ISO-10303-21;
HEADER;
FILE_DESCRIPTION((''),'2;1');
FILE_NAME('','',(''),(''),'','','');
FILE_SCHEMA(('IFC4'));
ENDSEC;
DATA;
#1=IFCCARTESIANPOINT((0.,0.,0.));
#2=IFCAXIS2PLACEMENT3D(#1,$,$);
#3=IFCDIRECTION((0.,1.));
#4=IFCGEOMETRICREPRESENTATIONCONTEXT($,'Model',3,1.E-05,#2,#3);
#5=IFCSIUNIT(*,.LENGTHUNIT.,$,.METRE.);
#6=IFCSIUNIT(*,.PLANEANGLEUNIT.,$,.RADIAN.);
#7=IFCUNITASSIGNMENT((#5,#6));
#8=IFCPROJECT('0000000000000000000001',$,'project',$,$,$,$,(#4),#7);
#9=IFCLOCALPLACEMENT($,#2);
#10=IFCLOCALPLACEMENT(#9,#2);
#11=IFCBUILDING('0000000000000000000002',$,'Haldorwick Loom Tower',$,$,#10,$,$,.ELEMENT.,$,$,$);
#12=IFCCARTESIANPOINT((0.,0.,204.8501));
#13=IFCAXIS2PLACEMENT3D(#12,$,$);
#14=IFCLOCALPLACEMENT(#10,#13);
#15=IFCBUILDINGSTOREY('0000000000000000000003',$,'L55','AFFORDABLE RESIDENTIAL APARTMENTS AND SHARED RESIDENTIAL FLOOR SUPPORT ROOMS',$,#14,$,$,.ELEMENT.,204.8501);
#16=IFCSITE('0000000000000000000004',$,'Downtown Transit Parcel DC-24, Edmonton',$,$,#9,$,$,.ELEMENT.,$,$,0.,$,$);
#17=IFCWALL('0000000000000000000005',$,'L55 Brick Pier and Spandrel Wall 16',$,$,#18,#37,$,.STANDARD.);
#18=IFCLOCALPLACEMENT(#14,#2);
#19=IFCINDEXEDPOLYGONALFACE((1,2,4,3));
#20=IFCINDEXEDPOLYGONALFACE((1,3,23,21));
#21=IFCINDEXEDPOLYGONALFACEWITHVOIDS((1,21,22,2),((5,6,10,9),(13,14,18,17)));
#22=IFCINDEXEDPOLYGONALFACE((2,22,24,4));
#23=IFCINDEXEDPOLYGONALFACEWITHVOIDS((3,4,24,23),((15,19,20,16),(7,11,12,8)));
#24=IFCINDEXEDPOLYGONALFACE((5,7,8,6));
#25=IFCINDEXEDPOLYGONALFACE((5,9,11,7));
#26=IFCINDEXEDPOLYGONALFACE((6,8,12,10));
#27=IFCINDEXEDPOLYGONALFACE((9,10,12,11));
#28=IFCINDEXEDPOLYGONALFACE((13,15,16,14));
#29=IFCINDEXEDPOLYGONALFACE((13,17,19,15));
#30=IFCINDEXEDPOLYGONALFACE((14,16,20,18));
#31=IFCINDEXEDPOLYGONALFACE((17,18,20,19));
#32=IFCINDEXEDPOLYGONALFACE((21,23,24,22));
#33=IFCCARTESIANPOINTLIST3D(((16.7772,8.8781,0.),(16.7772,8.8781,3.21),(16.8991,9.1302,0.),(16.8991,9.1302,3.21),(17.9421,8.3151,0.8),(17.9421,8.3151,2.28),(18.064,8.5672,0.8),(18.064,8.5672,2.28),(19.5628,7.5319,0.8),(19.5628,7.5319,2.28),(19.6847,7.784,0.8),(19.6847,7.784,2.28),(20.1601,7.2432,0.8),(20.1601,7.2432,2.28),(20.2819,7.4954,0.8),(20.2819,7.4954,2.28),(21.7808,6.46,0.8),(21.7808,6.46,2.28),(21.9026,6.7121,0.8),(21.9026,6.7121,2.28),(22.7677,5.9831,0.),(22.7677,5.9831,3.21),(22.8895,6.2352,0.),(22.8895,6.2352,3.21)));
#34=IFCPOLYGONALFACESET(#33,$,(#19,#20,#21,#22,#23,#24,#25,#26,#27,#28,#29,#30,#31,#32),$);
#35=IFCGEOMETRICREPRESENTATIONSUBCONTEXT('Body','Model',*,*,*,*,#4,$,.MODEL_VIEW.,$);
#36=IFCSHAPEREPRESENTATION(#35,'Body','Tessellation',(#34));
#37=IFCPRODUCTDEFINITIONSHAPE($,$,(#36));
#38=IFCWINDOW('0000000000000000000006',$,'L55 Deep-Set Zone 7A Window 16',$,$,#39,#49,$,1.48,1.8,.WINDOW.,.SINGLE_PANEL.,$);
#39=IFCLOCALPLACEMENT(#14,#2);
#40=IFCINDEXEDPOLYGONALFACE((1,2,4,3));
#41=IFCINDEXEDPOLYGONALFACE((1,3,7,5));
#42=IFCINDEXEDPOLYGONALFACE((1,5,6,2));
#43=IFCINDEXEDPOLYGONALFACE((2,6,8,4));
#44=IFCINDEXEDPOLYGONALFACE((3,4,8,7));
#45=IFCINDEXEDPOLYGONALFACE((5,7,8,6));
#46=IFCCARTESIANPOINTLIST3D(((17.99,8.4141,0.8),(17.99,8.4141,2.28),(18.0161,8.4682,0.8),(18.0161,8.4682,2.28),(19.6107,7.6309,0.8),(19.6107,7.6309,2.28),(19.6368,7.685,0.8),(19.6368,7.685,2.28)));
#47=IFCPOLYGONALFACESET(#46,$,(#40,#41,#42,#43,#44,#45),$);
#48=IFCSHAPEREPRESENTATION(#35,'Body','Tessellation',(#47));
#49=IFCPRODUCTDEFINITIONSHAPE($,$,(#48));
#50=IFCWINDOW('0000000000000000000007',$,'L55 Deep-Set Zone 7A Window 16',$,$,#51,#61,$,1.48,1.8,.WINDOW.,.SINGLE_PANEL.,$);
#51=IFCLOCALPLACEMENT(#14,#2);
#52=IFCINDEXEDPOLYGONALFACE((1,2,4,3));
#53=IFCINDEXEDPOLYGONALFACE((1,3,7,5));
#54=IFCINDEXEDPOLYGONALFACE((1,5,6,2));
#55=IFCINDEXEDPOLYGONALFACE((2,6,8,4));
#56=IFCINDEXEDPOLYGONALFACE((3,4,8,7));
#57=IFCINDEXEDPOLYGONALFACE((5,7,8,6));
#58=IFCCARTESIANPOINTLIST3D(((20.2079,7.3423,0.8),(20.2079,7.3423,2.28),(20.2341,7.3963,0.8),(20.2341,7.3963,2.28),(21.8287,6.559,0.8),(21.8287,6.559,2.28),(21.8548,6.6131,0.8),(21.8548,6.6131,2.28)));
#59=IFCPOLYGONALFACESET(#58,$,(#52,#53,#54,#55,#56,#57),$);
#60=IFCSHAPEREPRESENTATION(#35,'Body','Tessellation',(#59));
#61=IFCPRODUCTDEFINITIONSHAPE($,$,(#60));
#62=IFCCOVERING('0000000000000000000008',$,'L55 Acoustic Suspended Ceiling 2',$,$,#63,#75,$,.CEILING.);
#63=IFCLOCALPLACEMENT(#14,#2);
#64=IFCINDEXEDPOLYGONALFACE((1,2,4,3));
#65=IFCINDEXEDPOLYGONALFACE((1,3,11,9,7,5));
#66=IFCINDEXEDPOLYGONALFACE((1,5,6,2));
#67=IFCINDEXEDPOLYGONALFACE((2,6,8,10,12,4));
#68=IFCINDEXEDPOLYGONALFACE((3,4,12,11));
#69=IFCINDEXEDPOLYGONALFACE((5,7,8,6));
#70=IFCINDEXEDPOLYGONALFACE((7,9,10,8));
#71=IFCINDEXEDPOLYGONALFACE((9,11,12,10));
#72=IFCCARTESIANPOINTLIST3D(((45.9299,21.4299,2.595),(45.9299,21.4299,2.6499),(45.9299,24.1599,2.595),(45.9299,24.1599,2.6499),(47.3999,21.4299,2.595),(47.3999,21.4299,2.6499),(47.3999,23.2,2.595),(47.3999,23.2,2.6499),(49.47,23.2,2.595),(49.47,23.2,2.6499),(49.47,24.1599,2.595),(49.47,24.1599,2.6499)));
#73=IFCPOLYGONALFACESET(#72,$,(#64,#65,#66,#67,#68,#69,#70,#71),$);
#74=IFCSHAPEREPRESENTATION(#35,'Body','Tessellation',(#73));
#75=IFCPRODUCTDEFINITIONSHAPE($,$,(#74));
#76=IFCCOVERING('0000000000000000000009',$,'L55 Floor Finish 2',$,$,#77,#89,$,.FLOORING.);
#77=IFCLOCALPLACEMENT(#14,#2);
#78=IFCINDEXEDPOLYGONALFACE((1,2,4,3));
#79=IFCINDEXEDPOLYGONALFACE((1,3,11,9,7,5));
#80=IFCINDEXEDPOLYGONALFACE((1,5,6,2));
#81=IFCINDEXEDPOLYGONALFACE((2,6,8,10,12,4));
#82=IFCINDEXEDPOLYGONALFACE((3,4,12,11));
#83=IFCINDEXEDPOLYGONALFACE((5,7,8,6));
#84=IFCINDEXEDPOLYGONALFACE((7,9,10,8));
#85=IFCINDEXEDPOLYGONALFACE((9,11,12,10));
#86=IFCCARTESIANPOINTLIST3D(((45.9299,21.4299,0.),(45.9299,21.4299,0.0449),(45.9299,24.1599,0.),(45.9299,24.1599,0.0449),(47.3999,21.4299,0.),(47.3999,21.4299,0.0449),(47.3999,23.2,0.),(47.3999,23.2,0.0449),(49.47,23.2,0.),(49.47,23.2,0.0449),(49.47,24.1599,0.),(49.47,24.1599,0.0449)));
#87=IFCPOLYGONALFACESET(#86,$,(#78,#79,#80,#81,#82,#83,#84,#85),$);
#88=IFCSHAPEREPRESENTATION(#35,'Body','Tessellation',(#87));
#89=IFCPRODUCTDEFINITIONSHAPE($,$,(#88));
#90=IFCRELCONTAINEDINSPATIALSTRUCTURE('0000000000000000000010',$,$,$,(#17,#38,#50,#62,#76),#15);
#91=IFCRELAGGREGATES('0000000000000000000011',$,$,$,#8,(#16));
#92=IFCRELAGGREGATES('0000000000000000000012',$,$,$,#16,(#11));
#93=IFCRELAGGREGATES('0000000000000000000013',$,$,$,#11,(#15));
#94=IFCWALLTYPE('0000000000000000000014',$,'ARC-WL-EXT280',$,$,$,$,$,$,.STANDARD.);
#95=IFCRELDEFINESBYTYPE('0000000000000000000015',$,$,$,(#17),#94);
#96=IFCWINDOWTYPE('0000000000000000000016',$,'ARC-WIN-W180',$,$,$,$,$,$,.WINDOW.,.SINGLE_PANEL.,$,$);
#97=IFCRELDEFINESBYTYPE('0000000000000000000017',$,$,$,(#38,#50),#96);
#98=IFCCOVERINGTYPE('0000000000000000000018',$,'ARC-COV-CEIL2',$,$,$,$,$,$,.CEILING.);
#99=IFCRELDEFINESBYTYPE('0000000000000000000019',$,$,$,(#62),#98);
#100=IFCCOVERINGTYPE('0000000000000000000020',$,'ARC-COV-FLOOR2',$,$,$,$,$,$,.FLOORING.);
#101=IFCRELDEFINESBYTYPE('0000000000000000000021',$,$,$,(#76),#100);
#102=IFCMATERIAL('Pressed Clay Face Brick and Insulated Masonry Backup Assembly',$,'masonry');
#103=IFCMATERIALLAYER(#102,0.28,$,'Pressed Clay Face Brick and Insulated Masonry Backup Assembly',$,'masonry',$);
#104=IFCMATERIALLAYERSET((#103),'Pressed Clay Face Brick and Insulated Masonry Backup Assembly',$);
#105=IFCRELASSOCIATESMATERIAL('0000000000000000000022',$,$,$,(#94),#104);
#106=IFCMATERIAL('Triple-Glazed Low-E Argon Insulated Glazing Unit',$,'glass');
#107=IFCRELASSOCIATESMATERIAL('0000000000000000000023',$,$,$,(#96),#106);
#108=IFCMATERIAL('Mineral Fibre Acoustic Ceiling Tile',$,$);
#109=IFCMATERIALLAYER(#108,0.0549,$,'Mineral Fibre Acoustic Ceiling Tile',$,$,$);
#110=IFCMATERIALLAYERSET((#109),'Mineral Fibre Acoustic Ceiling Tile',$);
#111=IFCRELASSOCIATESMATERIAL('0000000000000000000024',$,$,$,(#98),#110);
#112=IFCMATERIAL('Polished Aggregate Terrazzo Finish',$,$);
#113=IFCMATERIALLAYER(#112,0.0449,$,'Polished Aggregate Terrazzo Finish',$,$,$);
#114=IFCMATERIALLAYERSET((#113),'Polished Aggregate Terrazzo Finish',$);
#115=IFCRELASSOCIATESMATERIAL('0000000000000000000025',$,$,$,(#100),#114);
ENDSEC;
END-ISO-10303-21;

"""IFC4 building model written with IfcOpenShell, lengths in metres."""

from ifc_helpers import new_model, si_unit, direction, frame, frame_2d, origin, place, context, subcontext, project, spatial, polyline, rectangle, outline, extrude, material, layer, layer_set, type_object, element, fill, save


model = new_model("IFC4")

# Units and contexts
model_context = context("Model", 3, precision=1e-05, world=origin(), true_north=direction((0.0, 1.0)))
body_context = subcontext(model_context, "Body", "Model", "MODEL_VIEW")
ifc_project = project(units=[si_unit("LENGTHUNIT", "METRE"), si_unit("PLANEANGLEUNIT", "RADIAN")], contexts=[model_context])

# Site, building, storey
site_placement = place(None, origin())
site = spatial("IfcSite", under=ifc_project, at=site_placement, Name="Downtown Transit Parcel DC-24, Edmonton", CompositionType="ELEMENT", RefElevation=0.0)
building_placement = place(site_placement, origin())
building = spatial("IfcBuilding", under=site, at=building_placement, Name="Haldorwick Loom Tower", CompositionType="ELEMENT")
storey_placement = place(building_placement, frame((0.0, 0.0, 204.8501)))
storey = spatial("IfcBuildingStorey", under=building, at=storey_placement, Name="L55", Description="AFFORDABLE RESIDENTIAL APARTMENTS AND SHARED RESIDENTIAL FLOOR SUPPORT ROOMS", CompositionType="ELEMENT", Elevation=204.8501)

# Shared definitions
ifc_material_1 = material(Name="Pressed Clay Face Brick and Insulated Masonry Backup Assembly", Category="masonry")
ifc_layer_1 = layer(ifc_material_1, 0.28, Name="Pressed Clay Face Brick and Insulated Masonry Backup Assembly", Category="masonry")
ifc_layer_set_1 = layer_set([ifc_layer_1], Name="Pressed Clay Face Brick and Insulated Masonry Backup Assembly")
wall_type = type_object("IfcWallType", Name="ARC-WL-EXT280", PredefinedType="STANDARD", material=ifc_layer_set_1)

# Wall, openings, windows
wall_1_placement = place(storey_placement, frame((16.8381, 9.0042, 0.0), z_axis=(0.0, 0.0, 1.0), x_axis=(0.900371, -0.435123, 0.0)))
wall_1 = element("IfcWall", 1, at=wall_1_placement, inside=storey, type_object=wall_type, Name="L55 Brick Pier and Spandrel Wall 16", PredefinedType="STANDARD", context=body_context, shape_type="SweptSolid", body=[
    extrude(rectangle(XDim=6.6533, YDim=0.28, at=frame_2d((3.3267, 0.0))), origin(), (0.0, 0.0, 1.0), 3.21),
])
opening_1_placement = place(wall_1_placement, frame((1.2939, 0.0, 0.8)))
opening_1 = element("IfcOpeningElement", 2, at=opening_1_placement, cuts=wall_1, PredefinedType="OPENING", context=body_context, shape_type="SweptSolid", body=[
    extrude(rectangle(XDim=1.8, YDim=1.48, at=frame_2d((0.8999, 0.74))), frame((0.0, 0.1499, 0.0), z_axis=(0.0, -1.0, 0.0), x_axis=(1.0, 0.0, 0.0)), (0.0, 0.0, 1.0), 0.3),
])
opening_2_placement = place(wall_1_placement, frame((3.7573, 0.0, 0.8)))
opening_2 = element("IfcOpeningElement", 3, at=opening_2_placement, cuts=wall_1, PredefinedType="OPENING", context=body_context, shape_type="SweptSolid", body=[
    extrude(rectangle(XDim=1.8, YDim=1.48, at=frame_2d((0.8999, 0.74))), frame((0.0, 0.1499, 0.0), z_axis=(0.0, -1.0, 0.0), x_axis=(1.0, 0.0, 0.0)), (0.0, 0.0, 1.0), 0.3),
])
ifc_material_2 = material(Name="Triple-Glazed Low-E Argon Insulated Glazing Unit", Category="glass")
window_type = type_object("IfcWindowType", Name="ARC-WIN-W180", PartitioningType="SINGLE_PANEL", PredefinedType="WINDOW", material=ifc_material_2)
window_1_placement = place(opening_1_placement, origin())
window_1 = element("IfcWindow", 4, at=window_1_placement, inside=storey, type_object=window_type, Name="L55 Deep-Set Zone 7A Window 16", OverallHeight=1.48, OverallWidth=1.8, PartitioningType="SINGLE_PANEL", PredefinedType="WINDOW", context=body_context, shape_type="SweptSolid", body=[
    extrude(rectangle(XDim=1.8, YDim=1.48, at=frame_2d((0.8999, 0.74))), frame((0.0, 0.03, 0.0), z_axis=(0.0, -1.0, 0.0), x_axis=(1.0, 0.0, 0.0)), (0.0, 0.0, 1.0), 0.0601),
])
fill(opening_1, window_1)
window_2_placement = place(opening_2_placement, origin())
window_2 = element("IfcWindow", 5, at=window_2_placement, inside=storey, type_object=window_type, Name="L55 Deep-Set Zone 7A Window 16", OverallHeight=1.48, OverallWidth=1.8, PartitioningType="SINGLE_PANEL", PredefinedType="WINDOW", context=body_context, shape_type="SweptSolid", body=[
    extrude(rectangle(XDim=1.8, YDim=1.48, at=frame_2d((0.8999, 0.74))), frame((0.0, 0.03, 0.0), z_axis=(0.0, -1.0, 0.0), x_axis=(1.0, 0.0, 0.0)), (0.0, 0.0, 1.0), 0.0601),
])
fill(opening_2, window_2)

# Coverings
ifc_material_3 = material(Name="Mineral Fibre Acoustic Ceiling Tile")
ifc_layer_2 = layer(ifc_material_3, 0.0549, Name="Mineral Fibre Acoustic Ceiling Tile")
ifc_layer_set_2 = layer_set([ifc_layer_2], Name="Mineral Fibre Acoustic Ceiling Tile")
covering_type_1 = type_object("IfcCoveringType", Name="ARC-COV-CEIL2", PredefinedType="CEILING", material=ifc_layer_set_2)
covering_1_placement = place(storey_placement, frame((0.0, 0.0, 2.595)))
element("IfcCovering", 6, at=covering_1_placement, inside=storey, type_object=covering_type_1, Name="L55 Acoustic Suspended Ceiling 2", PredefinedType="CEILING", context=body_context, shape_type="SweptSolid", body=[
    extrude(outline(polyline([(45.9299, 24.1599), (45.9299, 21.4299), (47.3999, 21.4299), (47.3999, 23.2), (49.47, 23.2), (49.47, 24.1599), (45.9299, 24.1599)])), origin(), (0.0, 0.0, 1.0), 0.0549),
])
ifc_material_4 = material(Name="Polished Aggregate Terrazzo Finish")
ifc_layer_3 = layer(ifc_material_4, 0.0449, Name="Polished Aggregate Terrazzo Finish")
ifc_layer_set_3 = layer_set([ifc_layer_3], Name="Polished Aggregate Terrazzo Finish")
covering_type_2 = type_object("IfcCoveringType", Name="ARC-COV-FLOOR2", PredefinedType="FLOORING", material=ifc_layer_set_3)
covering_2_placement = place(storey_placement, origin())
element("IfcCovering", 7, at=covering_2_placement, inside=storey, type_object=covering_type_2, Name="L55 Floor Finish 2", PredefinedType="FLOORING", context=body_context, shape_type="SweptSolid", body=[
    extrude(outline(polyline([(45.9299, 24.1599), (45.9299, 21.4299), (47.3999, 21.4299), (47.3999, 23.2), (49.47, 23.2), (49.47, 24.1599), (45.9299, 24.1599)])), origin(), (0.0, 0.0, 1.0), 0.0449),
])

save(model, "model.ifc")
